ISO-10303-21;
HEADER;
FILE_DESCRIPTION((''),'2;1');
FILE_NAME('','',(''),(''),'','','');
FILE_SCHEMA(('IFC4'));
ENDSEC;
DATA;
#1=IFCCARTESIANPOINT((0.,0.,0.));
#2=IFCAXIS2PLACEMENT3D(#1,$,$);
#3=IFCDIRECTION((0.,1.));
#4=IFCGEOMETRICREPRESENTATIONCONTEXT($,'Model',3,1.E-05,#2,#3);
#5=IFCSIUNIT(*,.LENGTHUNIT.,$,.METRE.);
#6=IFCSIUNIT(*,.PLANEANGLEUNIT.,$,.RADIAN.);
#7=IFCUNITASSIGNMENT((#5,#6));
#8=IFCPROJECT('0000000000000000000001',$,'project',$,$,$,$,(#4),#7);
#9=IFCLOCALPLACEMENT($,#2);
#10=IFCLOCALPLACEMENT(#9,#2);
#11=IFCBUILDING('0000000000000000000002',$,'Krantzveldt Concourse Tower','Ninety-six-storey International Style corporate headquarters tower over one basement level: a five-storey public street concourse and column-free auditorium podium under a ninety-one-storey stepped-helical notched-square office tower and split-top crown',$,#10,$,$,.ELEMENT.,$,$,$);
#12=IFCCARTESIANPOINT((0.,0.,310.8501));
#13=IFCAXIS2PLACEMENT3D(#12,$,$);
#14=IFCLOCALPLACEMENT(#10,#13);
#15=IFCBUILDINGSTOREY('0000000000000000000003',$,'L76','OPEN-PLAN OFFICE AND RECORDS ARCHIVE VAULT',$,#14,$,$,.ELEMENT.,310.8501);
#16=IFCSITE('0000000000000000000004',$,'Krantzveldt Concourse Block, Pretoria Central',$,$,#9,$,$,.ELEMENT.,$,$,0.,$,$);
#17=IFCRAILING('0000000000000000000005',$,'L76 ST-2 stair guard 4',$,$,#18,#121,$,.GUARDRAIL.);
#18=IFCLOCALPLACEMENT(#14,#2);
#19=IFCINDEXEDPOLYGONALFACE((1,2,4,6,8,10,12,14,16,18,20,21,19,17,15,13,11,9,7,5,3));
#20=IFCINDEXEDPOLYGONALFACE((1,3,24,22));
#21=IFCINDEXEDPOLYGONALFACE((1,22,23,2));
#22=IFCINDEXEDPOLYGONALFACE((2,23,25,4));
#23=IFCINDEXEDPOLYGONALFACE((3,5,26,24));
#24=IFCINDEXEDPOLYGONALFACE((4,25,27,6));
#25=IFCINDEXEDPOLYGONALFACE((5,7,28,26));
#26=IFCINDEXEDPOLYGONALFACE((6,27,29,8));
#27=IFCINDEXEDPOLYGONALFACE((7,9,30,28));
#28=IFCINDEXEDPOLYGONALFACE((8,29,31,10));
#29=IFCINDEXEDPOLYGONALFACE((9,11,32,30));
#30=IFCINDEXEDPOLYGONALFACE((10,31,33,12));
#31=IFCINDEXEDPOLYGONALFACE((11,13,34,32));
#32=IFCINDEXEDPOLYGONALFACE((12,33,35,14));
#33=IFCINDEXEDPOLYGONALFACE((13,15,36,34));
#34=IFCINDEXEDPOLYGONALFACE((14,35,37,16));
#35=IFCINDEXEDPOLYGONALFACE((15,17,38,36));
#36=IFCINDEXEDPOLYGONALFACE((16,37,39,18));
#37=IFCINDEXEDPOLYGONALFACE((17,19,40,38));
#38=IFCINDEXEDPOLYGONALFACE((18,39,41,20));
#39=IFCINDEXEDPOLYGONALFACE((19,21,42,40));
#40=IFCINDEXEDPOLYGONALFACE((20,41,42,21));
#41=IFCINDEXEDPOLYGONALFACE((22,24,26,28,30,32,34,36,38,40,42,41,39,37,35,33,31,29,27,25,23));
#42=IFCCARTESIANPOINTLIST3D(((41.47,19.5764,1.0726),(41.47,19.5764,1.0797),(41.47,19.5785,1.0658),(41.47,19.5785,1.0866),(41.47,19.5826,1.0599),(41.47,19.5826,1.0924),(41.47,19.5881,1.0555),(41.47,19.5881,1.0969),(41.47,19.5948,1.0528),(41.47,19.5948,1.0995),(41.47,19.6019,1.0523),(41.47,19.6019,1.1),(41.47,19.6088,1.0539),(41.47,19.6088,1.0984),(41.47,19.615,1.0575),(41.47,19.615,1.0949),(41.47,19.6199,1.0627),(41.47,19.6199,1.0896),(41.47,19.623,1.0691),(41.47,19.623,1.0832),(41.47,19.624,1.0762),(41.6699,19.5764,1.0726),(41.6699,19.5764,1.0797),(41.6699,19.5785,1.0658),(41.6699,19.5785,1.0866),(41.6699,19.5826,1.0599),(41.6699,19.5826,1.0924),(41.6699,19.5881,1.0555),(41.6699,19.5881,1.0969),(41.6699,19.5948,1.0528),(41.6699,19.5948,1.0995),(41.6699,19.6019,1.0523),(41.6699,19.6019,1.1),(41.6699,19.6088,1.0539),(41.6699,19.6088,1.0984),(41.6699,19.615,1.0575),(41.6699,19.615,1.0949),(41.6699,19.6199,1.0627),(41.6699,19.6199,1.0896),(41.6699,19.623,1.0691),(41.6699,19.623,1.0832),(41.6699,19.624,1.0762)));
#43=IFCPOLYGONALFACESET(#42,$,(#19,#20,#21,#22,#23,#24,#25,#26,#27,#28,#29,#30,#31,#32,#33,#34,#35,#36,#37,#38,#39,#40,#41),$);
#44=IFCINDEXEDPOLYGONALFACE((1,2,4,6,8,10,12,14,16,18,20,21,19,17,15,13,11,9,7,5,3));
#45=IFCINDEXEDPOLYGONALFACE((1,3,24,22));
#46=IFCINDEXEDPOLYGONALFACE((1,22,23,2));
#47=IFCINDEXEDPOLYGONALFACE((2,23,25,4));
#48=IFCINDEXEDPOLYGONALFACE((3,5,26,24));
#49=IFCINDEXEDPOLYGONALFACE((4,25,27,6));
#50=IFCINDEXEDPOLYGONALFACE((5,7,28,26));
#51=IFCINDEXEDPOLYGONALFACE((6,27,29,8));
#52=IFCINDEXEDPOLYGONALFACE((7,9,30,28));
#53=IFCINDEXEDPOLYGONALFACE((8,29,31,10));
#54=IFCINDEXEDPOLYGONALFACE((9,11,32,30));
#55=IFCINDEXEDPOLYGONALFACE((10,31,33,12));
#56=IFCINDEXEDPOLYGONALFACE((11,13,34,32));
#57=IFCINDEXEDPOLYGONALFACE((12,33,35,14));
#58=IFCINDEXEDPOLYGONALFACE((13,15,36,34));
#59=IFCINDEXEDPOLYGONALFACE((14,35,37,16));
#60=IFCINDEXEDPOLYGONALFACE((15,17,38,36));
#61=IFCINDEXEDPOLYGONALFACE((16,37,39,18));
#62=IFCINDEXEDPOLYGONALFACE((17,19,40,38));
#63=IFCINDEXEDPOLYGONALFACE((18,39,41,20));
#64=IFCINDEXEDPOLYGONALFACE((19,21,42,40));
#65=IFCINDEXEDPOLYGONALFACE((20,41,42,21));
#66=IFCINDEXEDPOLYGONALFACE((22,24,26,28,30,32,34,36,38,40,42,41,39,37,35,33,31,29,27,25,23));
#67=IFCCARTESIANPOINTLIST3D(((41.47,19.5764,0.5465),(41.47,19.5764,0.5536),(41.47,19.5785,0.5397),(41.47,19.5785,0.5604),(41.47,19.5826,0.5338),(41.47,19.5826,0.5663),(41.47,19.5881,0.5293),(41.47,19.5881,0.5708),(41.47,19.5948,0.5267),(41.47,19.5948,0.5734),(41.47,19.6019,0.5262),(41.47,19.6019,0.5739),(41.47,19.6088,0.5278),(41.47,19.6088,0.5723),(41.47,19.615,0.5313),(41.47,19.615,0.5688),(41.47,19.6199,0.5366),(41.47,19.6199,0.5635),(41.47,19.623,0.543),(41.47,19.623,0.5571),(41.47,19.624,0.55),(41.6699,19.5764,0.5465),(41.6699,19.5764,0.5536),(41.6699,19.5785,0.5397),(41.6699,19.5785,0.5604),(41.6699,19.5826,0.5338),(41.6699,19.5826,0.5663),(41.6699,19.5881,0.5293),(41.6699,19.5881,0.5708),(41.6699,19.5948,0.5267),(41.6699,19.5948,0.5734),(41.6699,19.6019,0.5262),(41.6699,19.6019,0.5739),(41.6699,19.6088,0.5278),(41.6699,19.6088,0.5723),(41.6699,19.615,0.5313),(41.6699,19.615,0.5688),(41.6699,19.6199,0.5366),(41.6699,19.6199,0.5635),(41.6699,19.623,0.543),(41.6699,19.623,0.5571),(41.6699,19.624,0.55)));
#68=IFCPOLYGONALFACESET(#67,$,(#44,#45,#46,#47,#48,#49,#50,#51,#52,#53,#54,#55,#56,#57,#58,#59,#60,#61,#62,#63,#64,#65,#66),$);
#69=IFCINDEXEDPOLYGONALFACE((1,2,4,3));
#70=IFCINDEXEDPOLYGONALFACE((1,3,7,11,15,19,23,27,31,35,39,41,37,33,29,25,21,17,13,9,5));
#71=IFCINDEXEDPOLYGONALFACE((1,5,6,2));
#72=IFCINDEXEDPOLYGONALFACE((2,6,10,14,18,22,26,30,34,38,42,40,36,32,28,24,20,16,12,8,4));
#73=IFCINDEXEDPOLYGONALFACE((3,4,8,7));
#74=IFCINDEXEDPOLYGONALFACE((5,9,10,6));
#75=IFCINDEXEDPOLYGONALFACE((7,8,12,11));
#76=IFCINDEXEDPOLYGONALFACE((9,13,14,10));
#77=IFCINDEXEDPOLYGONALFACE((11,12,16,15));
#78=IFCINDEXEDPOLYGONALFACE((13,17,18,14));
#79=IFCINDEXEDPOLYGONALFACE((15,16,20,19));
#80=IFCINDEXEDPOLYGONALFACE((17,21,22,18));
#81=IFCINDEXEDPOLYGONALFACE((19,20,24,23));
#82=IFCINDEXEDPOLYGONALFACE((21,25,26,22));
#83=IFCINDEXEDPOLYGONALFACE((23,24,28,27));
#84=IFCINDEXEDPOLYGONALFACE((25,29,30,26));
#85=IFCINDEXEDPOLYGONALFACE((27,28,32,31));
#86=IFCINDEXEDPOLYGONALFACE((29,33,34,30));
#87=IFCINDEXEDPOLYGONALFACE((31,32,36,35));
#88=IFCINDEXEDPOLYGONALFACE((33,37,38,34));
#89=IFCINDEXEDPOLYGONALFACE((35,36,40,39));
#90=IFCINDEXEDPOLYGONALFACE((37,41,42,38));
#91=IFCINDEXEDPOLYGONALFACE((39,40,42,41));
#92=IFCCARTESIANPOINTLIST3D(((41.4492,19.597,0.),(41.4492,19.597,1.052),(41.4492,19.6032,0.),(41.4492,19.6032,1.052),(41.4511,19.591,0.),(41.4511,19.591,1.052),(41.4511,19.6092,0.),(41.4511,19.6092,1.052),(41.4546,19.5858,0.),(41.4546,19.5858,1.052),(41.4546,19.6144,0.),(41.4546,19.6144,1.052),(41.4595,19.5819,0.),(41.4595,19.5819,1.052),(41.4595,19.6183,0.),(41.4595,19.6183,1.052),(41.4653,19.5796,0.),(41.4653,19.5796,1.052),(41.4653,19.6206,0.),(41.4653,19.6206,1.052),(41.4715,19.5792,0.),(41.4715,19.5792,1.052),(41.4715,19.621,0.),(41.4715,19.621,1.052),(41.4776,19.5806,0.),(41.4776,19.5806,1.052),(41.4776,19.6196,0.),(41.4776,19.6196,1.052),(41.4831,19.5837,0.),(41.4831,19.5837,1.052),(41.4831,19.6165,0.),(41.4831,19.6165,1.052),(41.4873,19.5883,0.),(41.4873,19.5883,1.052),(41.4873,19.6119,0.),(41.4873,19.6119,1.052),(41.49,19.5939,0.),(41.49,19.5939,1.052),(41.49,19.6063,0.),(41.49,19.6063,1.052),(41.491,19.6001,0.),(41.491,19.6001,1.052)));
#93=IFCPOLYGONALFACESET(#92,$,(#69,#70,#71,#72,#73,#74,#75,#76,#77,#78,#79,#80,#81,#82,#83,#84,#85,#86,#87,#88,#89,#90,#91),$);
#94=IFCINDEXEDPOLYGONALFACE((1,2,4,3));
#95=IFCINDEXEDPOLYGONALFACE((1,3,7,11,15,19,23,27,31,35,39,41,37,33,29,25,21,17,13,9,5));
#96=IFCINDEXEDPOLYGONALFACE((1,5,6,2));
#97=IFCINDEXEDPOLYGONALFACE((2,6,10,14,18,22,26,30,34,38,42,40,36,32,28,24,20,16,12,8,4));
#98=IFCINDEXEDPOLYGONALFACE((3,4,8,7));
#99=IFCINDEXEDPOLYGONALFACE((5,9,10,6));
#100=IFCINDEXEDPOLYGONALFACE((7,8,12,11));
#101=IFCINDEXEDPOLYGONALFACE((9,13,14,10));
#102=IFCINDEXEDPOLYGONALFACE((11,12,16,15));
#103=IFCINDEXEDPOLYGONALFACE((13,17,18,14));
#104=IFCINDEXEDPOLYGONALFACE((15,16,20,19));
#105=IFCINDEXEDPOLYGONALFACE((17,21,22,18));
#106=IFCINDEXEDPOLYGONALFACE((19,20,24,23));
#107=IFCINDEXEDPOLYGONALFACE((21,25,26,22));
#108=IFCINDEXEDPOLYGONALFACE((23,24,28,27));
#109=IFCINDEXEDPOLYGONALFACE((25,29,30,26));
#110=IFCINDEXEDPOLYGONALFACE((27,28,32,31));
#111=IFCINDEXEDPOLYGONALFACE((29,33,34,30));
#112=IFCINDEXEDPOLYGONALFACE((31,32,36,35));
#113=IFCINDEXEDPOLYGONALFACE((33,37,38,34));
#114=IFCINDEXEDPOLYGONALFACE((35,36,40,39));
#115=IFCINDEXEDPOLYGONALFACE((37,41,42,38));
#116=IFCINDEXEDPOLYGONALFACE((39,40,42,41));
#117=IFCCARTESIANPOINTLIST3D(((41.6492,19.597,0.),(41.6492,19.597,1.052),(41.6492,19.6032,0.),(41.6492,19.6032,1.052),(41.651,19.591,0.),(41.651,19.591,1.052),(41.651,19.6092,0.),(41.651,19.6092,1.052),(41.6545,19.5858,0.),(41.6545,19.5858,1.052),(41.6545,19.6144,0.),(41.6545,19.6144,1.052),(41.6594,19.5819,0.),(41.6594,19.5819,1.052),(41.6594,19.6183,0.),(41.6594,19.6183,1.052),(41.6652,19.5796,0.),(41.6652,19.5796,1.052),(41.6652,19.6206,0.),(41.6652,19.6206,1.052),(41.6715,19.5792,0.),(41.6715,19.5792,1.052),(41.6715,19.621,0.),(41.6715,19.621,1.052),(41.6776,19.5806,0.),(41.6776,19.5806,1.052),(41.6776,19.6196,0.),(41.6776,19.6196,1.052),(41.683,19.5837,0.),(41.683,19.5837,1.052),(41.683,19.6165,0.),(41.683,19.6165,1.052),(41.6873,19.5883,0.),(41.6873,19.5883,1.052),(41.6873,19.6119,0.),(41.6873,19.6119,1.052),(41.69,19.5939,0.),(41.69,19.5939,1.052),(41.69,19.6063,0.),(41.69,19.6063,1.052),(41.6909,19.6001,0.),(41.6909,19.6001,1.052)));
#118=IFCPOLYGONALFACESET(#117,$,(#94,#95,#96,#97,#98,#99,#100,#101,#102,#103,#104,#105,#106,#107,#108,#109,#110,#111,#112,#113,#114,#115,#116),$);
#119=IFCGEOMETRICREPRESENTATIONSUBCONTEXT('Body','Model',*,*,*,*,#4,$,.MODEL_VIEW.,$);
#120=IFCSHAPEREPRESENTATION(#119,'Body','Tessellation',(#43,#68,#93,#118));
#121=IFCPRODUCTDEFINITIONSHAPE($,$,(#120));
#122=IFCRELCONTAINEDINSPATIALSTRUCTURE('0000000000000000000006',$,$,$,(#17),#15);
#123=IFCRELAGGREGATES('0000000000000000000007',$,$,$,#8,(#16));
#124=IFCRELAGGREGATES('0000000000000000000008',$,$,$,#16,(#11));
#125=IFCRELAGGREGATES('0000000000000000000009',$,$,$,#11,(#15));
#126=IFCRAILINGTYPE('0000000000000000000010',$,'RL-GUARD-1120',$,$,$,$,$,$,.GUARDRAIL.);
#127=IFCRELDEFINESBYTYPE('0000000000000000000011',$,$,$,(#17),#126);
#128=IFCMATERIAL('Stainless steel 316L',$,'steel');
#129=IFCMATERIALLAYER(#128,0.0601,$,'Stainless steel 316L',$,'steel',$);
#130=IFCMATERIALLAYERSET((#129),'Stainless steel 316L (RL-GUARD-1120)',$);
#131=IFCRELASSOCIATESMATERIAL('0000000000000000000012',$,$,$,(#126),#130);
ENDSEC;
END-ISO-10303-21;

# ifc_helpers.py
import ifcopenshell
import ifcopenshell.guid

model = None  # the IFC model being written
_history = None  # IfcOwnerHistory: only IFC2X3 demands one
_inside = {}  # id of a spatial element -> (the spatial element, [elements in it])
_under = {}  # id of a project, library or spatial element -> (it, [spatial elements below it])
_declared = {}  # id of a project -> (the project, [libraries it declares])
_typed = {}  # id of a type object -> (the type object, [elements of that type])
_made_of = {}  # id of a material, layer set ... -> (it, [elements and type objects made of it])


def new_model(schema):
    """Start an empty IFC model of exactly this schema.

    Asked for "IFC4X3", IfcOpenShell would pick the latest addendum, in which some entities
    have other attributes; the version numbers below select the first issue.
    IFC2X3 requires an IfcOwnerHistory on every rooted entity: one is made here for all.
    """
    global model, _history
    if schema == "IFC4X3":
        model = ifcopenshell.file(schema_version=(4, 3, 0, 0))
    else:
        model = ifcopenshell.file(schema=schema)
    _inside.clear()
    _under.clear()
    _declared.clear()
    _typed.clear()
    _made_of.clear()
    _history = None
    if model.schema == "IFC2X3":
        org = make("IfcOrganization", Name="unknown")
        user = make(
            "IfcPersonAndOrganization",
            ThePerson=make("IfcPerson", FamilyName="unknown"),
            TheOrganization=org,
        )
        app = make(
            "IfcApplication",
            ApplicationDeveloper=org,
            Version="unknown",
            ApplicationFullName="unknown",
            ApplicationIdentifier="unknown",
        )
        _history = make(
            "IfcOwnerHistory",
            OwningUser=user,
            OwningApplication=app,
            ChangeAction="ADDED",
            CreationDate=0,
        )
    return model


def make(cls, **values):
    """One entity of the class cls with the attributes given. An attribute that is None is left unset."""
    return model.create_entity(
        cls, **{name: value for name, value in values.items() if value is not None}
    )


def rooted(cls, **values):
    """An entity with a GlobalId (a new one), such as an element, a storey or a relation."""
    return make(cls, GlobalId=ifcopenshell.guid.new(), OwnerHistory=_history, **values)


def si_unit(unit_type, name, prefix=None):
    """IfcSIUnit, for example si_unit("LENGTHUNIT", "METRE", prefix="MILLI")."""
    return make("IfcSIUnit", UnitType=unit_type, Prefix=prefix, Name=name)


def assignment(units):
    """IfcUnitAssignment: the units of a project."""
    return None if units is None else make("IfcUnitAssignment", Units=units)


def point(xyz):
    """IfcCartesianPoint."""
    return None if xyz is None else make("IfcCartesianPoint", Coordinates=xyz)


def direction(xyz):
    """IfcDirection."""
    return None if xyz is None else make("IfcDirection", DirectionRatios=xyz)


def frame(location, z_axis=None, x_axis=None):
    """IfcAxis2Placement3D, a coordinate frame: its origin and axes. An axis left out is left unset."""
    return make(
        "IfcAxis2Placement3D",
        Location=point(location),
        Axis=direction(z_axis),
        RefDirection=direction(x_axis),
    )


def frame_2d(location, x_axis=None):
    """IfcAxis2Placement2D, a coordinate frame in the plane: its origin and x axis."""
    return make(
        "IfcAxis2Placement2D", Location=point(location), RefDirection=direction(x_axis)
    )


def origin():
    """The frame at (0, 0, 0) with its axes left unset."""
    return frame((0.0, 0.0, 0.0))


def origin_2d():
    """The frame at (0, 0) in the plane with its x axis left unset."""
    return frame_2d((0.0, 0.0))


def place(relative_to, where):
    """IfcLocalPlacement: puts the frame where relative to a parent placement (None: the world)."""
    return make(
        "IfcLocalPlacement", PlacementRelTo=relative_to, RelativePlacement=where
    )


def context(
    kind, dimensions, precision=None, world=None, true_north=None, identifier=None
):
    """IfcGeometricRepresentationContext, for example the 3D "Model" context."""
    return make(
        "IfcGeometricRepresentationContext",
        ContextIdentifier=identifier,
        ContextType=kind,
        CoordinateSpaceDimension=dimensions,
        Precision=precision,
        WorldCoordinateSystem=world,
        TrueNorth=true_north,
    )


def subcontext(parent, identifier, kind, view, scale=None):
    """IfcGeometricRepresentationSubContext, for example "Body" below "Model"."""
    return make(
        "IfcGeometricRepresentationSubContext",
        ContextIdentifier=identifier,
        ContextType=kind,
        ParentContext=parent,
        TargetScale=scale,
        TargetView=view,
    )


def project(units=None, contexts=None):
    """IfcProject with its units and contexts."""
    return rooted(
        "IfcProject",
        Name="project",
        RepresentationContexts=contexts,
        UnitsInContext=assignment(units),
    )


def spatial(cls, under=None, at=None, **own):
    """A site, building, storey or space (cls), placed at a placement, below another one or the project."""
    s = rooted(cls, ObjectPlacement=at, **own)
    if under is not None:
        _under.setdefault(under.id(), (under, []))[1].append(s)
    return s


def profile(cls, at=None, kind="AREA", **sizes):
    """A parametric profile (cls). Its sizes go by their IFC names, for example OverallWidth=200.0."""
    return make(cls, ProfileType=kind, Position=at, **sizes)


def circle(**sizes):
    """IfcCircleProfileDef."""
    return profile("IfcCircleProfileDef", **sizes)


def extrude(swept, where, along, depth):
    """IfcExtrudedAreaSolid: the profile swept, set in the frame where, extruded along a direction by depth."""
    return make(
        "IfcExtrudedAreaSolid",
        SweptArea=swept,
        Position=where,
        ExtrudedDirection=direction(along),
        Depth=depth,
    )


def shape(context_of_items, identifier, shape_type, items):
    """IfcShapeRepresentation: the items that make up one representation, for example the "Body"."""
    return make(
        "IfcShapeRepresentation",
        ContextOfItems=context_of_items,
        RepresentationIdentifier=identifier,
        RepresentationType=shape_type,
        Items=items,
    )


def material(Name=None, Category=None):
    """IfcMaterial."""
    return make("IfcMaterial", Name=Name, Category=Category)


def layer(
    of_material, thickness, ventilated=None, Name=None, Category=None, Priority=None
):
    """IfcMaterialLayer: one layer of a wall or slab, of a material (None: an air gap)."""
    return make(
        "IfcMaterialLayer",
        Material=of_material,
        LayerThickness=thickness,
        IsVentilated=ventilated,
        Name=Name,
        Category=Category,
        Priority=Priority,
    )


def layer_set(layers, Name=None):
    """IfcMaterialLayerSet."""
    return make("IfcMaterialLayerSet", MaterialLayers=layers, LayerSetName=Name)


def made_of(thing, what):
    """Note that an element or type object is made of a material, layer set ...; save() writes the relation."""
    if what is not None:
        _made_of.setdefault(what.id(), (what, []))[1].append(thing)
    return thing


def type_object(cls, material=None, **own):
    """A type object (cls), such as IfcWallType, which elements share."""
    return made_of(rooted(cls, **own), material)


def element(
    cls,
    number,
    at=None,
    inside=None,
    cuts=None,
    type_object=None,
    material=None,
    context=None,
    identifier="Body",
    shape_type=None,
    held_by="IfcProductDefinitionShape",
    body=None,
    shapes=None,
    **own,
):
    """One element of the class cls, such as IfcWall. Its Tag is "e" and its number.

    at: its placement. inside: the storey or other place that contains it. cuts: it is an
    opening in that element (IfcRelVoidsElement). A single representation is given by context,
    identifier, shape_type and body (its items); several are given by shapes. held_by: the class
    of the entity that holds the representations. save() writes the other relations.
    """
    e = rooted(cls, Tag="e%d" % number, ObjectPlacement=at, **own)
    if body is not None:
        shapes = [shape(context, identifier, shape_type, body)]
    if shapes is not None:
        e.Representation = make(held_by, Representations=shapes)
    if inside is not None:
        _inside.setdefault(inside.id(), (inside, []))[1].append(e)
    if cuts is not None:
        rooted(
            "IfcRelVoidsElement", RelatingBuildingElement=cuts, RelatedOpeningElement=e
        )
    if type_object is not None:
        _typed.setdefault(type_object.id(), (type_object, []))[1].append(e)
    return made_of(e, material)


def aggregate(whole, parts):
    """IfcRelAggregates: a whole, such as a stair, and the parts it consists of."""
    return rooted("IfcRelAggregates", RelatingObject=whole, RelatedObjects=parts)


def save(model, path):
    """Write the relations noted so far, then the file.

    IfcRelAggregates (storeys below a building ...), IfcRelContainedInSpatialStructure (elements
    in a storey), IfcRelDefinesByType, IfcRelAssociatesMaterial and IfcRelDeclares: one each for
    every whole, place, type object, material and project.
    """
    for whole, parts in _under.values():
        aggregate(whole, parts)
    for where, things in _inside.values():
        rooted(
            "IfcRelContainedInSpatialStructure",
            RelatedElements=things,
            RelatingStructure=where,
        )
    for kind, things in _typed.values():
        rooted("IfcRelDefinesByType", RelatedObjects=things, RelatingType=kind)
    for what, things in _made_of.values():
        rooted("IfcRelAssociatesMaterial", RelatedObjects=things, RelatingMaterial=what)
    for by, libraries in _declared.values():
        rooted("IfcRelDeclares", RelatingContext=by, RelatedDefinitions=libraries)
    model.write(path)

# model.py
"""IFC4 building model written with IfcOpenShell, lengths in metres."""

from ifc_helpers import new_model, si_unit, direction, frame, origin, origin_2d, place, context, subcontext, project, spatial, circle, extrude, material, layer, layer_set, type_object, element, save


model = new_model("IFC4")

# Units and contexts
model_context = context("Model", 3, precision=1e-05, world=origin(), true_north=direction((0.0, 1.0)))
body_context = subcontext(model_context, "Body", "Model", "MODEL_VIEW")
ifc_project = project(units=[si_unit("LENGTHUNIT", "METRE"), si_unit("PLANEANGLEUNIT", "RADIAN")], contexts=[model_context])

# Site, building, storey
site_placement = place(None, origin())
site = spatial("IfcSite", under=ifc_project, at=site_placement, Name="Krantzveldt Concourse Block, Pretoria Central", CompositionType="ELEMENT", RefElevation=0.0)
building_placement = place(site_placement, origin())
building = spatial("IfcBuilding", under=site, at=building_placement, Name="Krantzveldt Concourse Tower", Description="Ninety-six-storey International Style corporate headquarters tower over one basement level: a five-storey public street concourse and column-free auditorium podium under a ninety-one-storey stepped-helical notched-square office tower and split-top crown", CompositionType="ELEMENT")
storey_placement = place(building_placement, frame((0.0, 0.0, 310.8501)))
storey = spatial("IfcBuildingStorey", under=building, at=storey_placement, Name="L76", Description="OPEN-PLAN OFFICE AND RECORDS ARCHIVE VAULT", CompositionType="ELEMENT", Elevation=310.8501)

# Shared definitions
ifc_material_1 = material(Name="Stainless steel 316L", Category="steel")

# Railing
ifc_layer_1 = layer(ifc_material_1, 0.0601, Name="Stainless steel 316L", Category="steel")
ifc_layer_set_1 = layer_set([ifc_layer_1], Name="Stainless steel 316L (RL-GUARD-1120)")
railing_type_1 = type_object("IfcRailingType", Name="RL-GUARD-1120", PredefinedType="GUARDRAIL", material=ifc_layer_set_1)
railing_1_placement = place(storey_placement, frame((41.47, 19.6001, 0.0)))
element("IfcRailing", 1, at=railing_1_placement, inside=storey, type_object=railing_type_1, Name="L76 ST-2 stair guard 4", PredefinedType="GUARDRAIL", context=body_context, shape_type="SweptSolid", body=[
    extrude(circle(Radius=0.0239, at=origin_2d()), frame((0.0, 0.0, 1.0762), z_axis=(1.0, 0.0, 0.0), x_axis=(0.0, 1.0, 0.0)), (0.0, 0.0, 1.0), 0.2),
    extrude(circle(Radius=0.0239, at=origin_2d()), frame((0.0, 0.0, 0.55), z_axis=(1.0, 0.0, 0.0), x_axis=(0.0, 1.0, 0.0)), (0.0, 0.0, 1.0), 0.2),
    extrude(circle(Radius=0.021, at=origin_2d()), origin(), (0.0, 0.0, 1.0), 1.052),
    extrude(circle(Radius=0.021, at=origin_2d()), frame((0.2, 0.0, 0.0)), (0.0, 0.0, 1.0), 1.052),
])

save(model, "model.ifc")
